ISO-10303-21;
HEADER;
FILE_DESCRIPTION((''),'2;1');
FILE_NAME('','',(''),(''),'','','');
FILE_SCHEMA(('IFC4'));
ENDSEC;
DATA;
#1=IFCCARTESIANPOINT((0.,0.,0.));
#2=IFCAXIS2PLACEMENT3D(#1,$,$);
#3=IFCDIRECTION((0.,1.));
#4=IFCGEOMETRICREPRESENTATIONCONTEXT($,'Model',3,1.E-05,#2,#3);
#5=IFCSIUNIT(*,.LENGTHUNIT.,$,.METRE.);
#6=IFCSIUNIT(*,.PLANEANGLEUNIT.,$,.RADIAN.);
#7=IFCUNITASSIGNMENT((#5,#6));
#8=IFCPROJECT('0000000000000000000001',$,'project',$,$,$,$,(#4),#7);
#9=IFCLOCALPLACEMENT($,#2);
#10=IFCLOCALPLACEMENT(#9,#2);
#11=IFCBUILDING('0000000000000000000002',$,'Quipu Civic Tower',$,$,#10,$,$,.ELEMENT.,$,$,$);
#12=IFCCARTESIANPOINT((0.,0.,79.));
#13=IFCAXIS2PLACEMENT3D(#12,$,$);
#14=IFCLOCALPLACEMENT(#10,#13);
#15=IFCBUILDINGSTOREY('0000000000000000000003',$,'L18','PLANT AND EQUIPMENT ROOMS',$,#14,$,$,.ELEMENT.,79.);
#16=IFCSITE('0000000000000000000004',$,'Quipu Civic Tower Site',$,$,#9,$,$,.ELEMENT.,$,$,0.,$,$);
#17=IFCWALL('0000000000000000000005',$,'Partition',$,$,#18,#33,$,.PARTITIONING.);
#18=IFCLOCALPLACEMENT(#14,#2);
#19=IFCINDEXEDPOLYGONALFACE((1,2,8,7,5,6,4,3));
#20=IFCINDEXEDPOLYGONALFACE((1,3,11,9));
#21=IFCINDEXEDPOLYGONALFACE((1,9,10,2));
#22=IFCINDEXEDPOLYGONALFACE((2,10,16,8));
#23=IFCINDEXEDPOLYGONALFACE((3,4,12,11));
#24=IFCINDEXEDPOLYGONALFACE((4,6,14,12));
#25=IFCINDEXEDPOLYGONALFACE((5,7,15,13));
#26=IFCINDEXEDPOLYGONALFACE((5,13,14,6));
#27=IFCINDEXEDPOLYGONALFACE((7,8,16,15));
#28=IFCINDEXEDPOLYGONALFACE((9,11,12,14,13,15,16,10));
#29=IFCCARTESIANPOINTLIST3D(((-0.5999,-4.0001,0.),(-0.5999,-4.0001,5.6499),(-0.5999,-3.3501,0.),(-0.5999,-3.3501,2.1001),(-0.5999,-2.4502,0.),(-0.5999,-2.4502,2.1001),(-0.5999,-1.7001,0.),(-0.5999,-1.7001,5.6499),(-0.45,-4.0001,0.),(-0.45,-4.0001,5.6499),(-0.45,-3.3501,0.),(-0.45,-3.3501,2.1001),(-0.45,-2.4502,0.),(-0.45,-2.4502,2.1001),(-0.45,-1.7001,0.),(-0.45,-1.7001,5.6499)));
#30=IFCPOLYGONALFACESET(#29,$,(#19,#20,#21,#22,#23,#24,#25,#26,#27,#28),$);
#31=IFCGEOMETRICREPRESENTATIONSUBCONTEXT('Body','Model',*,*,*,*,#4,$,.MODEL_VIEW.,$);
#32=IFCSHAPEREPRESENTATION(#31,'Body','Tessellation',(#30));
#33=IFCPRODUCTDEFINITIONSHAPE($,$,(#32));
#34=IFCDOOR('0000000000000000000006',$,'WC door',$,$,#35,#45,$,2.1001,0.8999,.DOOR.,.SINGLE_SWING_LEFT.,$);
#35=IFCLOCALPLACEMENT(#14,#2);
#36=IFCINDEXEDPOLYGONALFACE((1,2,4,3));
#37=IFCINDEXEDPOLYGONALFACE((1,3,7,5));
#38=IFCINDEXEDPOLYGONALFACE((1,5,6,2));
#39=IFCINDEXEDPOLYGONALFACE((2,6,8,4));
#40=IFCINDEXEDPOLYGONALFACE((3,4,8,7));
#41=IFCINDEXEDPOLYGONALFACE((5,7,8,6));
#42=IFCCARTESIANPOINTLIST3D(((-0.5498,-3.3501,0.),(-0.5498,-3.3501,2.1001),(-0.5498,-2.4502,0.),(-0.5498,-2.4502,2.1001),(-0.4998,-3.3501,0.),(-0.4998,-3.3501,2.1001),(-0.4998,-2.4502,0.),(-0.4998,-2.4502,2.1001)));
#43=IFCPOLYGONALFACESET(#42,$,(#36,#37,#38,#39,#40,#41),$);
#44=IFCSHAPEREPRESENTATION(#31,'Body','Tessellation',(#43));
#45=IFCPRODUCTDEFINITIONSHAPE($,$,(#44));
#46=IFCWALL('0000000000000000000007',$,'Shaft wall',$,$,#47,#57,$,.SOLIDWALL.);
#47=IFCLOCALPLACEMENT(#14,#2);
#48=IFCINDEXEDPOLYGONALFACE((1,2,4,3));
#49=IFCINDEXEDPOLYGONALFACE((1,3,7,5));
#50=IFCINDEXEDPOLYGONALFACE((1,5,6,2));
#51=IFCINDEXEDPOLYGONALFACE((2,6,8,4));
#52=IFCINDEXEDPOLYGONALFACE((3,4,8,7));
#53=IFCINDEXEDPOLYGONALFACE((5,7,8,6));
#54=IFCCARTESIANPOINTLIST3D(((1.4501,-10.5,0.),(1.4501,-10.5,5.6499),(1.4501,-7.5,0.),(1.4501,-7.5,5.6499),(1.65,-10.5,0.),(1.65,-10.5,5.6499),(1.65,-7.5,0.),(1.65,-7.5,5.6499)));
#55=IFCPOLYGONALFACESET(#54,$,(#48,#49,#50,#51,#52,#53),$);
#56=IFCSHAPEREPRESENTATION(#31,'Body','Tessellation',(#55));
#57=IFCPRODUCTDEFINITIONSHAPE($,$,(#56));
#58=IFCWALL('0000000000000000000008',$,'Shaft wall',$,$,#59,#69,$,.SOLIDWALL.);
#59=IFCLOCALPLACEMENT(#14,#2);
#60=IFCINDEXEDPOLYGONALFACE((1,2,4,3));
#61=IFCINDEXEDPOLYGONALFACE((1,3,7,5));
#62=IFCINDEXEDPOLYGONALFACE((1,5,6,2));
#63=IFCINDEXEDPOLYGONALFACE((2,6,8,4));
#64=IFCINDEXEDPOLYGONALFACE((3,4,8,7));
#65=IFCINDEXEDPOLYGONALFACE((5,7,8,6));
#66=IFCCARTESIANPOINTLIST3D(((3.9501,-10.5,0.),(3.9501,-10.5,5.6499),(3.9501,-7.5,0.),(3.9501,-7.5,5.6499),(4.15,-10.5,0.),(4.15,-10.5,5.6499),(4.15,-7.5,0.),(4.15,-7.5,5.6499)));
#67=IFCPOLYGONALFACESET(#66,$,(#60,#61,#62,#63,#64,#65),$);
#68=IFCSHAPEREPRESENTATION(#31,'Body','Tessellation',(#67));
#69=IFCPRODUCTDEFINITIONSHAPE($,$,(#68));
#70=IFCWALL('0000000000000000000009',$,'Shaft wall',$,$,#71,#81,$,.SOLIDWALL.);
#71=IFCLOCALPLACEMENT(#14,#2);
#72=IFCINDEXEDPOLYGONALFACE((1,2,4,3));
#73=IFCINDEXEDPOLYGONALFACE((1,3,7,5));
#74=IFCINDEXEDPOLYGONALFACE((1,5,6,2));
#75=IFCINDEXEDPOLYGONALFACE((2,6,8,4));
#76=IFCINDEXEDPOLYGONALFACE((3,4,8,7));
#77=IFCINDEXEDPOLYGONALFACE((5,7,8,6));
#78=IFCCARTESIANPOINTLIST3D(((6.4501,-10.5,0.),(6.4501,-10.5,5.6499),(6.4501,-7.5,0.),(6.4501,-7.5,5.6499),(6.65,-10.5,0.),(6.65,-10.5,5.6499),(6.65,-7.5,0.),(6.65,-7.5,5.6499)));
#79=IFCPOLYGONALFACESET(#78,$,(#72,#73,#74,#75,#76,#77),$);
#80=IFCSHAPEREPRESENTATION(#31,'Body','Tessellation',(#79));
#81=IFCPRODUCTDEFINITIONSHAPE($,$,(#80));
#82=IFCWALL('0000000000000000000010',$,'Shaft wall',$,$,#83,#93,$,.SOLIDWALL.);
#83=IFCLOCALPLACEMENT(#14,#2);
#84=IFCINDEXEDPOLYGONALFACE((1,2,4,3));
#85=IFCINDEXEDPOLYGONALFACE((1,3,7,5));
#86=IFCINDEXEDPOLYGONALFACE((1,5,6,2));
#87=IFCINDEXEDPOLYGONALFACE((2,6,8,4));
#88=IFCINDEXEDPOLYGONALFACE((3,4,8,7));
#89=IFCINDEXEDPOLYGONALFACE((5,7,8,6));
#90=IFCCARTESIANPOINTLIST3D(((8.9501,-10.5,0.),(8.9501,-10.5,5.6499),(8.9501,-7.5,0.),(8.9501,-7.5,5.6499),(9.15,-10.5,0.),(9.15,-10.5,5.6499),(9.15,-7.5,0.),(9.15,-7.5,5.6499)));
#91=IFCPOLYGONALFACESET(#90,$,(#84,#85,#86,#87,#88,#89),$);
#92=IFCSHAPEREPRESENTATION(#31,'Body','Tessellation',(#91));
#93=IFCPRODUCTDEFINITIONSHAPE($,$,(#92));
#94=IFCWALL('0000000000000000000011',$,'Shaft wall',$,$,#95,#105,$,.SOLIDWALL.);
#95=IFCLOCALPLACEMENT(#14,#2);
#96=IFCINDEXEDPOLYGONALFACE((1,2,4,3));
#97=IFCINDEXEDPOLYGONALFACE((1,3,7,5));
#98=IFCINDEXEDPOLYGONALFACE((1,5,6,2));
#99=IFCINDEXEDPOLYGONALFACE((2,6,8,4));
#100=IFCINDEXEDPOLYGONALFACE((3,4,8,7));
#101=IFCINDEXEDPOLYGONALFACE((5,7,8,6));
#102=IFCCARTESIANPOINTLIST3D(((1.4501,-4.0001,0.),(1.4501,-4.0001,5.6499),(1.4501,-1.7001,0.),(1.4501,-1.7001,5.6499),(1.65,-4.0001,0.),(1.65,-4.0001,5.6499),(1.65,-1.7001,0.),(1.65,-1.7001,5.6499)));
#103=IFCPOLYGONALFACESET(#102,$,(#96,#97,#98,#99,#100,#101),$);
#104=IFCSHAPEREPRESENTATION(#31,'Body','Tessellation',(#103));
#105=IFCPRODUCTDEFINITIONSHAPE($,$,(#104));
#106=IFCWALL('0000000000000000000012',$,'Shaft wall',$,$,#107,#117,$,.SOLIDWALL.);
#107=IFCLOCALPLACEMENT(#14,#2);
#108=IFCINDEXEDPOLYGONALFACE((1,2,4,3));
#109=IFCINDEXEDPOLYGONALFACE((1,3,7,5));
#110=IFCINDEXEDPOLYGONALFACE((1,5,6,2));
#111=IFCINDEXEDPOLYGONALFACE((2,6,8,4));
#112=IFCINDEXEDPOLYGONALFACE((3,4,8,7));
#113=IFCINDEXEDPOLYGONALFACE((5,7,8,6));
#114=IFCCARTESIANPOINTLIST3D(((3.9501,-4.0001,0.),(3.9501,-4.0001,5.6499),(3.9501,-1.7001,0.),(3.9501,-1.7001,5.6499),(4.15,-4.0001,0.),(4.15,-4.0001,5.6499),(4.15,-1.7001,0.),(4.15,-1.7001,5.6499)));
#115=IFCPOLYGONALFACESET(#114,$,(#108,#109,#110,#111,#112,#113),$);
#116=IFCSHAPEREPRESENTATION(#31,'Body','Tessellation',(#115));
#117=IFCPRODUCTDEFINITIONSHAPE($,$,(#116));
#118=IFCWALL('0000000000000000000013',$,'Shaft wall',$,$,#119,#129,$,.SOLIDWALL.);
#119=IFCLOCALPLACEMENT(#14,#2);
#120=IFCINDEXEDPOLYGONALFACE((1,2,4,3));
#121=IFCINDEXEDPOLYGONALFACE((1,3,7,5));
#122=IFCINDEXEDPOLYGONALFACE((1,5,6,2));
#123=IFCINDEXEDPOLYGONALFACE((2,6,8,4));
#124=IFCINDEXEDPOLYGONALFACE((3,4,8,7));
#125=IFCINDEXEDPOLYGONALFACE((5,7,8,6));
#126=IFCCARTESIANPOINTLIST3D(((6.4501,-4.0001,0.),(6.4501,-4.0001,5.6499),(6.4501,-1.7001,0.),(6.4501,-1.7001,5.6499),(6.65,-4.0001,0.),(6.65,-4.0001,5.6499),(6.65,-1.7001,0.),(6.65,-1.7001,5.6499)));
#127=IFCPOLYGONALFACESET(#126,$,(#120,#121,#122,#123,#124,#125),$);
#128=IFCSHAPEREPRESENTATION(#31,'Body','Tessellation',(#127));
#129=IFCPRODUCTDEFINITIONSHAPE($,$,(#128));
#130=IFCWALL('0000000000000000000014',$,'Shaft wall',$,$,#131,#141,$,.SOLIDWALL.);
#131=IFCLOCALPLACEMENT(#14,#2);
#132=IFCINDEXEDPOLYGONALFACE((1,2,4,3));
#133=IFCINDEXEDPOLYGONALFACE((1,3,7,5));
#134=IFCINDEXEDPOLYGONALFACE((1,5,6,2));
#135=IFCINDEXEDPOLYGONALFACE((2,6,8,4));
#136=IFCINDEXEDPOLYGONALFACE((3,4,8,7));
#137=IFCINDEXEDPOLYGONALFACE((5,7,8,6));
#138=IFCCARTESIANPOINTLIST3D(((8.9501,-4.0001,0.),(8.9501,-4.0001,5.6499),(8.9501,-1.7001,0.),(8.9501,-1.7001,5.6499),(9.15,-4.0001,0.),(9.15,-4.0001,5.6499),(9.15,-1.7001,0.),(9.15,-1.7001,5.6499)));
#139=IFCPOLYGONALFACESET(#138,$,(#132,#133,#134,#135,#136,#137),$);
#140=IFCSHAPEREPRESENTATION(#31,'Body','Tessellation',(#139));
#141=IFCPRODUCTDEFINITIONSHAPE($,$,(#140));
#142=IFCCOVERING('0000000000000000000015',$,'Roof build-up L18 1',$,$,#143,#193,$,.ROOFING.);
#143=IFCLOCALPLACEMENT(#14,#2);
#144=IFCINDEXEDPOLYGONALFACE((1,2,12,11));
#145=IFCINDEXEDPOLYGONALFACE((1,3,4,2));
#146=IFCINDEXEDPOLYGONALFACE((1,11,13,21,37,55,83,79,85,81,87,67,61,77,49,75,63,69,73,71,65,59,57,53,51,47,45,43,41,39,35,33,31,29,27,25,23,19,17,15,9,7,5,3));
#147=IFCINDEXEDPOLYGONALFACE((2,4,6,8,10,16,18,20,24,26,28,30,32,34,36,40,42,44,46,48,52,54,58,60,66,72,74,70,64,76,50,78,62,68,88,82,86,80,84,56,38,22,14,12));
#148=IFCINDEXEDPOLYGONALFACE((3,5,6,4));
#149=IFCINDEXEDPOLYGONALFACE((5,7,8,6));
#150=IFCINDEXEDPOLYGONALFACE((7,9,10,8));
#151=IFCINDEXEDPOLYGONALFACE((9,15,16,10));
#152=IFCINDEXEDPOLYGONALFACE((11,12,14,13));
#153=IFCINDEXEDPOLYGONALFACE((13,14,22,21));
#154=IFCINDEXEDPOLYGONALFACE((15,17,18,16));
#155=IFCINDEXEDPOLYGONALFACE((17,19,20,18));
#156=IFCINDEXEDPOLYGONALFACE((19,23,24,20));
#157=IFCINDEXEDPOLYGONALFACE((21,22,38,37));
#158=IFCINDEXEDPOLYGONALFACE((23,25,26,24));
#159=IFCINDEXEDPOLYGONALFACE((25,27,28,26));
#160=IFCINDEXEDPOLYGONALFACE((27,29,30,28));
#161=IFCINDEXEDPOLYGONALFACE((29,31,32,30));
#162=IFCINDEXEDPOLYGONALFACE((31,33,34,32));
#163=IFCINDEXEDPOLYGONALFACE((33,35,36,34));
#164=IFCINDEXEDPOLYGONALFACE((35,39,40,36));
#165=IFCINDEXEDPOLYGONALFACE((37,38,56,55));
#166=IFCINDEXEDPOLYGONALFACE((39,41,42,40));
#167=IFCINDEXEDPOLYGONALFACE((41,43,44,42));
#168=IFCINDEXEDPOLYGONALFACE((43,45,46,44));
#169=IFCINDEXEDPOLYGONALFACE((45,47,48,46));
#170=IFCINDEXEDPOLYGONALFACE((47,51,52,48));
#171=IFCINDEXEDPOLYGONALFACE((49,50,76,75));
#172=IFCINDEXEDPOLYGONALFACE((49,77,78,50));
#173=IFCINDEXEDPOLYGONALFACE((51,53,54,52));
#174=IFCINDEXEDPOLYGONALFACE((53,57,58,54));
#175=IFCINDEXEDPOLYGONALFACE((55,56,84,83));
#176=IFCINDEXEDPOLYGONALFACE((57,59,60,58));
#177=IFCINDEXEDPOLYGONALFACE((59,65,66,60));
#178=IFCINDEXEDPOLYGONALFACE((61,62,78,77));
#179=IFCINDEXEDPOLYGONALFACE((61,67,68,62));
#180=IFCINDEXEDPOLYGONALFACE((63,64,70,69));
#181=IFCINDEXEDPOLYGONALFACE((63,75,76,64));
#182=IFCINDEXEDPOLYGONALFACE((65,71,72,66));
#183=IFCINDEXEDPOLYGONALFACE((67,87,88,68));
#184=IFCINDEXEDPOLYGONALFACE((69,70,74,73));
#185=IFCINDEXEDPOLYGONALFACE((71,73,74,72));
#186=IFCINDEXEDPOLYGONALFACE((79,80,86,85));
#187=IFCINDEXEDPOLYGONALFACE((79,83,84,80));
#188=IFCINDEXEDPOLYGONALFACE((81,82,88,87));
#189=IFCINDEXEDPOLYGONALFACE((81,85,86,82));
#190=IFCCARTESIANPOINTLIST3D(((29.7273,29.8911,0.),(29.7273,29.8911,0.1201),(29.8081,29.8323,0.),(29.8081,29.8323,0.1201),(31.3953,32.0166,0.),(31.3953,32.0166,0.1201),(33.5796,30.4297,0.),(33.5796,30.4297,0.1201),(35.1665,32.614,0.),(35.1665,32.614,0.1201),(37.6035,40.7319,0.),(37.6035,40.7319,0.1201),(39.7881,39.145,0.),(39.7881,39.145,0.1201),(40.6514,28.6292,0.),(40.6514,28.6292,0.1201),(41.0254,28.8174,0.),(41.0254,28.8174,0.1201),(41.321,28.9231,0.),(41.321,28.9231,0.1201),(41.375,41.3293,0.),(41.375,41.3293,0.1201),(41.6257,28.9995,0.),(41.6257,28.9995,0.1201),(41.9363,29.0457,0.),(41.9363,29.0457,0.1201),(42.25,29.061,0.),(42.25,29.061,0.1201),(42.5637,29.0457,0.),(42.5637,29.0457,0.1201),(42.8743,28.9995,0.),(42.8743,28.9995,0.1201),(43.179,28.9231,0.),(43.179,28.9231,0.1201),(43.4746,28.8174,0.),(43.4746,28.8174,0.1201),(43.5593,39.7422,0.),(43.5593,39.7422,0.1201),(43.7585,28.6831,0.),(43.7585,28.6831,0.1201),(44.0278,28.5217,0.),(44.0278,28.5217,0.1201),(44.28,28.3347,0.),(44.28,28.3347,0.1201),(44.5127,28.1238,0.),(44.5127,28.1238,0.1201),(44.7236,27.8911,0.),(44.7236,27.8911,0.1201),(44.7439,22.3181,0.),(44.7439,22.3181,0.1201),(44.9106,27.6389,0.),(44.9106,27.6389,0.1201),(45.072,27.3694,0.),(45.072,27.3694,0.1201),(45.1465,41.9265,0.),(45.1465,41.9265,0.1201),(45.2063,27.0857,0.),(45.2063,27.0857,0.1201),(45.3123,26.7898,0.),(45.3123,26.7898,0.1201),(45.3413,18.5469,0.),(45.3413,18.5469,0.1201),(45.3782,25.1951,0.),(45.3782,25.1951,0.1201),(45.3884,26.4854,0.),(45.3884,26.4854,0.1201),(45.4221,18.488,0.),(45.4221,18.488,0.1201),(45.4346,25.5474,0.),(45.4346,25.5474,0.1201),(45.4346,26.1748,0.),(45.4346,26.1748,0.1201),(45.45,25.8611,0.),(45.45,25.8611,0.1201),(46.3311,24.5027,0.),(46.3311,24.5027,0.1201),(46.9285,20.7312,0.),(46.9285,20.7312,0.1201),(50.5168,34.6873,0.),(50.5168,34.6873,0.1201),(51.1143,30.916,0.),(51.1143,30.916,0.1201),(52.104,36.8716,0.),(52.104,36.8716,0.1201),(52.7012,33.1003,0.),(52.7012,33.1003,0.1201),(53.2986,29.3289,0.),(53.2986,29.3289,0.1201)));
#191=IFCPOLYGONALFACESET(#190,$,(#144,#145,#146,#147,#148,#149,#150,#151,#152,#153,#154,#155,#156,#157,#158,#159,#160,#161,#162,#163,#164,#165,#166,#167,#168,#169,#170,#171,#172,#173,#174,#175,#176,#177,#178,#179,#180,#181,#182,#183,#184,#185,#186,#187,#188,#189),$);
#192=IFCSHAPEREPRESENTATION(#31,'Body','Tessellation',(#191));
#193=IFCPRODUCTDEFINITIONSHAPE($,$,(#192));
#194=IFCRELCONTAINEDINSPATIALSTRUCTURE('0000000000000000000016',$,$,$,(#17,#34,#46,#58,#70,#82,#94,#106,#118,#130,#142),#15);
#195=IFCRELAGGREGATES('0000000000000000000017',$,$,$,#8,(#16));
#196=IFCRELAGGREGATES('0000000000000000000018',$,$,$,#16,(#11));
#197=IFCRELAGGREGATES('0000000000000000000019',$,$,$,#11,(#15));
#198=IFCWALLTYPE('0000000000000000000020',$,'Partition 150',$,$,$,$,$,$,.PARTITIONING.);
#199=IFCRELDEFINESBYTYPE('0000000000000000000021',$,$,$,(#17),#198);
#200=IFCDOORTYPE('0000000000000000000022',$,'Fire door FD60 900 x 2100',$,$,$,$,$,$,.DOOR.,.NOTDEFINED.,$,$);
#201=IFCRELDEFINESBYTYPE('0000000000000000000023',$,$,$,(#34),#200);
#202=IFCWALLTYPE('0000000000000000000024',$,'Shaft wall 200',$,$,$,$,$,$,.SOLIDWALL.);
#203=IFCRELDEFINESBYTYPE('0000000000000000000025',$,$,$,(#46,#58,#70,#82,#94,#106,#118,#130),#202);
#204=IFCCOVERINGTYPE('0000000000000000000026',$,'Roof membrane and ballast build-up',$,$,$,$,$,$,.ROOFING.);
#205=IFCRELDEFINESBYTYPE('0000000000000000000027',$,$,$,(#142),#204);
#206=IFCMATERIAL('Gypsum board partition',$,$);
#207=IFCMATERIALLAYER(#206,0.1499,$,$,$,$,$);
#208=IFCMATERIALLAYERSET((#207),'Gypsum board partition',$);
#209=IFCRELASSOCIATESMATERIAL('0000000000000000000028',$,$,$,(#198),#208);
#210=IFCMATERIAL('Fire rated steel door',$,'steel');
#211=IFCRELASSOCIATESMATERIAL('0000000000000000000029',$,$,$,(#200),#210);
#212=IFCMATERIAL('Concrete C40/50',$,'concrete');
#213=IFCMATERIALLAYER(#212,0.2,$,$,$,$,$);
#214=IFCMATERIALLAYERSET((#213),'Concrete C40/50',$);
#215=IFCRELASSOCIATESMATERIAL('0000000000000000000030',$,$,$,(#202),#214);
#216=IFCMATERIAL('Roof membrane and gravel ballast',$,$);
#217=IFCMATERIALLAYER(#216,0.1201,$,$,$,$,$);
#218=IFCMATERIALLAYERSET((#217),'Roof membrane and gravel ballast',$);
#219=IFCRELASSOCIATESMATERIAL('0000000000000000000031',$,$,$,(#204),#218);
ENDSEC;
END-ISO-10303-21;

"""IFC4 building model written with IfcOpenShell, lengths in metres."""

from ifc_helpers import new_model, si_unit, direction, frame, frame_2d, origin, place, context, subcontext, project, spatial, polyline, rectangle, outline, extrude, material, layer, layer_set, type_object, element, fill, save


model = new_model("IFC4")

# Units and contexts
model_context = context("Model", 3, precision=1e-05, world=origin(), true_north=direction((0.0, 1.0)))
body_context = subcontext(model_context, "Body", "Model", "MODEL_VIEW")
ifc_project = project(units=[si_unit("LENGTHUNIT", "METRE"), si_unit("PLANEANGLEUNIT", "RADIAN")], contexts=[model_context])

# Site, building, storey
site_placement = place(None, origin())
site = spatial("IfcSite", under=ifc_project, at=site_placement, Name="Quipu Civic Tower Site", CompositionType="ELEMENT", RefElevation=0.0)
building_placement = place(site_placement, origin())
building = spatial("IfcBuilding", under=site, at=building_placement, Name="Quipu Civic Tower", CompositionType="ELEMENT")
storey_placement = place(building_placement, frame((0.0, 0.0, 79.0)))
storey = spatial("IfcBuildingStorey", under=building, at=storey_placement, Name="L18", Description="PLANT AND EQUIPMENT ROOMS", CompositionType="ELEMENT", Elevation=79.0)

# Shared definitions
ifc_material_1 = material(Name="Gypsum board partition")
ifc_layer_1 = layer(ifc_material_1, 0.1499)
ifc_layer_set_1 = layer_set([ifc_layer_1], Name="Gypsum board partition")
wall_type_1 = type_object("IfcWallType", Name="Partition 150", PredefinedType="PARTITIONING", material=ifc_layer_set_1)

# Wall, opening, door
wall_1_placement = place(storey_placement, frame((-0.5249, -4.0, 0.0), z_axis=(0.0, 0.0, 1.0), x_axis=(0.0, 1.0, 0.0)))
wall_1 = element("IfcWall", 1, at=wall_1_placement, inside=storey, type_object=wall_type_1, Name="Partition", PredefinedType="PARTITIONING", context=body_context, shape_type="SweptSolid", body=[
    extrude(rectangle(XDim=2.3, YDim=0.1499, at=frame_2d((1.1499, 0.0))), origin(), (0.0, 0.0, 1.0), 5.6499),
])
opening_placement = place(wall_1_placement, frame((0.6499, 0.0, 0.0)))
opening = element("IfcOpeningElement", 2, at=opening_placement, cuts=wall_1, PredefinedType="OPENING", context=body_context, shape_type="SweptSolid", body=[
    extrude(rectangle(XDim=0.8999, YDim=2.1001, at=frame_2d((0.45, 1.05))), frame((0.0, 0.085, 0.0), z_axis=(0.0, -1.0, 0.0), x_axis=(1.0, 0.0, 0.0)), (0.0, 0.0, 1.0), 0.1699),
])
ifc_material_2 = material(Name="Fire rated steel door", Category="steel")
door_type = type_object("IfcDoorType", Name="Fire door FD60 900 x 2100", OperationType="NOTDEFINED", PredefinedType="DOOR", material=ifc_material_2)
door_placement = place(opening_placement, origin())
door = element("IfcDoor", 3, at=door_placement, inside=storey, type_object=door_type, Name="WC door", OperationType="SINGLE_SWING_LEFT", OverallHeight=2.1001, OverallWidth=0.8999, PredefinedType="DOOR", context=body_context, shape_type="SweptSolid", body=[
    extrude(rectangle(XDim=0.8999, YDim=2.1001, at=frame_2d((0.45, 1.05))), frame((0.0, 0.0249, 0.0), z_axis=(0.0, -1.0, 0.0), x_axis=(1.0, 0.0, 0.0)), (0.0, 0.0, 1.0), 0.05),
])
fill(opening, door)

# Walls
ifc_material_3 = material(Name="Concrete C40/50", Category="concrete")
ifc_layer_2 = layer(ifc_material_3, 0.2)
ifc_layer_set_2 = layer_set([ifc_layer_2], Name="Concrete C40/50")
wall_type_2 = type_object("IfcWallType", Name="Shaft wall 200", PredefinedType="SOLIDWALL", material=ifc_layer_set_2)
for number, where, z_axis, x_axis, name in (
    (4, (1.55, -10.5, 0.0), (0.0, 0.0, 1.0), (0.0, 1.0, 0.0), "Shaft wall"),
    (5, (4.05, -10.5, 0.0), (0.0, 0.0, 1.0), (0.0, 1.0, 0.0), "Shaft wall"),
    (6, (6.55, -10.5, 0.0), (0.0, 0.0, 1.0), (0.0, 1.0, 0.0), "Shaft wall"),
    (7, (9.05, -10.5, 0.0), (0.0, 0.0, 1.0), (0.0, 1.0, 0.0), "Shaft wall"),
):
    element("IfcWall", number, at=place(storey_placement, frame(where, z_axis=z_axis, x_axis=x_axis)), inside=storey, type_object=wall_type_2, Name=name, PredefinedType="SOLIDWALL", context=body_context, shape_type="SweptSolid", body=[
        extrude(rectangle(XDim=3.0, YDim=0.2, at=frame_2d((1.5, 0.0))), origin(), (0.0, 0.0, 1.0), 5.6499),
    ])
for number, where, z_axis, x_axis, name in (
    (8, (1.55, -4.0, 0.0), (0.0, 0.0, 1.0), (0.0, 1.0, 0.0), "Shaft wall"),
    (9, (4.05, -4.0, 0.0), (0.0, 0.0, 1.0), (0.0, 1.0, 0.0), "Shaft wall"),
    (10, (6.55, -4.0, 0.0), (0.0, 0.0, 1.0), (0.0, 1.0, 0.0), "Shaft wall"),
    (11, (9.05, -4.0, 0.0), (0.0, 0.0, 1.0), (0.0, 1.0, 0.0), "Shaft wall"),
):
    element("IfcWall", number, at=place(storey_placement, frame(where, z_axis=z_axis, x_axis=x_axis)), inside=storey, type_object=wall_type_2, Name=name, PredefinedType="SOLIDWALL", context=body_context, shape_type="SweptSolid", body=[
        extrude(rectangle(XDim=2.3, YDim=0.2, at=frame_2d((1.1499, 0.0))), origin(), (0.0, 0.0, 1.0), 5.6499),
    ])

# Covering
ifc_material_4 = material(Name="Roof membrane and gravel ballast")
ifc_layer_3 = layer(ifc_material_4, 0.1201)
ifc_layer_set_3 = layer_set([ifc_layer_3], Name="Roof membrane and gravel ballast")
covering_type_1 = type_object("IfcCoveringType", Name="Roof membrane and ballast build-up", PredefinedType="ROOFING", material=ifc_layer_set_3)
covering_1_placement = place(storey_placement, origin())
element("IfcCovering", 12, at=covering_1_placement, inside=storey, type_object=covering_type_1, Name="Roof build-up L18 1", PredefinedType="ROOFING", context=body_context, shape_type="SweptSolid", body=[
    extrude(outline(polyline([(37.6035, 40.7319), (39.7881, 39.145), (41.375, 41.3293), (43.5593, 39.7422), (45.1465, 41.9265), (52.104, 36.8716), (50.5168, 34.6873), (52.7012, 33.1003), (51.1143, 30.916), (53.2986, 29.3289), (45.4221, 18.488), (45.3413, 18.5469), (46.9285, 20.7312), (44.7439, 22.3181), (46.3311, 24.5027), (45.3782, 25.1951), (45.4346, 25.5474), (45.45, 25.8611), (45.4346, 26.1748), (45.3884, 26.4854), (45.3123, 26.7898), (45.2063, 27.0857), (45.072, 27.3694), (44.9106, 27.6389), (44.7236, 27.8911), (44.5127, 28.1238), (44.28, 28.3347), (44.0278, 28.5217), (43.7585, 28.6831), (43.4746, 28.8174), (43.179, 28.9231), (42.8743, 28.9995), (42.5637, 29.0457), (42.25, 29.061), (41.9363, 29.0457), (41.6257, 28.9995), (41.321, 28.9231), (41.0254, 28.8174), (40.6514, 28.6292), (35.1665, 32.614), (33.5796, 30.4297), (31.3953, 32.0166), (29.8081, 29.8323), (29.7273, 29.8911), (37.6035, 40.7319)])), origin(), (0.0, 0.0, 1.0), 0.1201),
])

save(model, "model.ifc")
